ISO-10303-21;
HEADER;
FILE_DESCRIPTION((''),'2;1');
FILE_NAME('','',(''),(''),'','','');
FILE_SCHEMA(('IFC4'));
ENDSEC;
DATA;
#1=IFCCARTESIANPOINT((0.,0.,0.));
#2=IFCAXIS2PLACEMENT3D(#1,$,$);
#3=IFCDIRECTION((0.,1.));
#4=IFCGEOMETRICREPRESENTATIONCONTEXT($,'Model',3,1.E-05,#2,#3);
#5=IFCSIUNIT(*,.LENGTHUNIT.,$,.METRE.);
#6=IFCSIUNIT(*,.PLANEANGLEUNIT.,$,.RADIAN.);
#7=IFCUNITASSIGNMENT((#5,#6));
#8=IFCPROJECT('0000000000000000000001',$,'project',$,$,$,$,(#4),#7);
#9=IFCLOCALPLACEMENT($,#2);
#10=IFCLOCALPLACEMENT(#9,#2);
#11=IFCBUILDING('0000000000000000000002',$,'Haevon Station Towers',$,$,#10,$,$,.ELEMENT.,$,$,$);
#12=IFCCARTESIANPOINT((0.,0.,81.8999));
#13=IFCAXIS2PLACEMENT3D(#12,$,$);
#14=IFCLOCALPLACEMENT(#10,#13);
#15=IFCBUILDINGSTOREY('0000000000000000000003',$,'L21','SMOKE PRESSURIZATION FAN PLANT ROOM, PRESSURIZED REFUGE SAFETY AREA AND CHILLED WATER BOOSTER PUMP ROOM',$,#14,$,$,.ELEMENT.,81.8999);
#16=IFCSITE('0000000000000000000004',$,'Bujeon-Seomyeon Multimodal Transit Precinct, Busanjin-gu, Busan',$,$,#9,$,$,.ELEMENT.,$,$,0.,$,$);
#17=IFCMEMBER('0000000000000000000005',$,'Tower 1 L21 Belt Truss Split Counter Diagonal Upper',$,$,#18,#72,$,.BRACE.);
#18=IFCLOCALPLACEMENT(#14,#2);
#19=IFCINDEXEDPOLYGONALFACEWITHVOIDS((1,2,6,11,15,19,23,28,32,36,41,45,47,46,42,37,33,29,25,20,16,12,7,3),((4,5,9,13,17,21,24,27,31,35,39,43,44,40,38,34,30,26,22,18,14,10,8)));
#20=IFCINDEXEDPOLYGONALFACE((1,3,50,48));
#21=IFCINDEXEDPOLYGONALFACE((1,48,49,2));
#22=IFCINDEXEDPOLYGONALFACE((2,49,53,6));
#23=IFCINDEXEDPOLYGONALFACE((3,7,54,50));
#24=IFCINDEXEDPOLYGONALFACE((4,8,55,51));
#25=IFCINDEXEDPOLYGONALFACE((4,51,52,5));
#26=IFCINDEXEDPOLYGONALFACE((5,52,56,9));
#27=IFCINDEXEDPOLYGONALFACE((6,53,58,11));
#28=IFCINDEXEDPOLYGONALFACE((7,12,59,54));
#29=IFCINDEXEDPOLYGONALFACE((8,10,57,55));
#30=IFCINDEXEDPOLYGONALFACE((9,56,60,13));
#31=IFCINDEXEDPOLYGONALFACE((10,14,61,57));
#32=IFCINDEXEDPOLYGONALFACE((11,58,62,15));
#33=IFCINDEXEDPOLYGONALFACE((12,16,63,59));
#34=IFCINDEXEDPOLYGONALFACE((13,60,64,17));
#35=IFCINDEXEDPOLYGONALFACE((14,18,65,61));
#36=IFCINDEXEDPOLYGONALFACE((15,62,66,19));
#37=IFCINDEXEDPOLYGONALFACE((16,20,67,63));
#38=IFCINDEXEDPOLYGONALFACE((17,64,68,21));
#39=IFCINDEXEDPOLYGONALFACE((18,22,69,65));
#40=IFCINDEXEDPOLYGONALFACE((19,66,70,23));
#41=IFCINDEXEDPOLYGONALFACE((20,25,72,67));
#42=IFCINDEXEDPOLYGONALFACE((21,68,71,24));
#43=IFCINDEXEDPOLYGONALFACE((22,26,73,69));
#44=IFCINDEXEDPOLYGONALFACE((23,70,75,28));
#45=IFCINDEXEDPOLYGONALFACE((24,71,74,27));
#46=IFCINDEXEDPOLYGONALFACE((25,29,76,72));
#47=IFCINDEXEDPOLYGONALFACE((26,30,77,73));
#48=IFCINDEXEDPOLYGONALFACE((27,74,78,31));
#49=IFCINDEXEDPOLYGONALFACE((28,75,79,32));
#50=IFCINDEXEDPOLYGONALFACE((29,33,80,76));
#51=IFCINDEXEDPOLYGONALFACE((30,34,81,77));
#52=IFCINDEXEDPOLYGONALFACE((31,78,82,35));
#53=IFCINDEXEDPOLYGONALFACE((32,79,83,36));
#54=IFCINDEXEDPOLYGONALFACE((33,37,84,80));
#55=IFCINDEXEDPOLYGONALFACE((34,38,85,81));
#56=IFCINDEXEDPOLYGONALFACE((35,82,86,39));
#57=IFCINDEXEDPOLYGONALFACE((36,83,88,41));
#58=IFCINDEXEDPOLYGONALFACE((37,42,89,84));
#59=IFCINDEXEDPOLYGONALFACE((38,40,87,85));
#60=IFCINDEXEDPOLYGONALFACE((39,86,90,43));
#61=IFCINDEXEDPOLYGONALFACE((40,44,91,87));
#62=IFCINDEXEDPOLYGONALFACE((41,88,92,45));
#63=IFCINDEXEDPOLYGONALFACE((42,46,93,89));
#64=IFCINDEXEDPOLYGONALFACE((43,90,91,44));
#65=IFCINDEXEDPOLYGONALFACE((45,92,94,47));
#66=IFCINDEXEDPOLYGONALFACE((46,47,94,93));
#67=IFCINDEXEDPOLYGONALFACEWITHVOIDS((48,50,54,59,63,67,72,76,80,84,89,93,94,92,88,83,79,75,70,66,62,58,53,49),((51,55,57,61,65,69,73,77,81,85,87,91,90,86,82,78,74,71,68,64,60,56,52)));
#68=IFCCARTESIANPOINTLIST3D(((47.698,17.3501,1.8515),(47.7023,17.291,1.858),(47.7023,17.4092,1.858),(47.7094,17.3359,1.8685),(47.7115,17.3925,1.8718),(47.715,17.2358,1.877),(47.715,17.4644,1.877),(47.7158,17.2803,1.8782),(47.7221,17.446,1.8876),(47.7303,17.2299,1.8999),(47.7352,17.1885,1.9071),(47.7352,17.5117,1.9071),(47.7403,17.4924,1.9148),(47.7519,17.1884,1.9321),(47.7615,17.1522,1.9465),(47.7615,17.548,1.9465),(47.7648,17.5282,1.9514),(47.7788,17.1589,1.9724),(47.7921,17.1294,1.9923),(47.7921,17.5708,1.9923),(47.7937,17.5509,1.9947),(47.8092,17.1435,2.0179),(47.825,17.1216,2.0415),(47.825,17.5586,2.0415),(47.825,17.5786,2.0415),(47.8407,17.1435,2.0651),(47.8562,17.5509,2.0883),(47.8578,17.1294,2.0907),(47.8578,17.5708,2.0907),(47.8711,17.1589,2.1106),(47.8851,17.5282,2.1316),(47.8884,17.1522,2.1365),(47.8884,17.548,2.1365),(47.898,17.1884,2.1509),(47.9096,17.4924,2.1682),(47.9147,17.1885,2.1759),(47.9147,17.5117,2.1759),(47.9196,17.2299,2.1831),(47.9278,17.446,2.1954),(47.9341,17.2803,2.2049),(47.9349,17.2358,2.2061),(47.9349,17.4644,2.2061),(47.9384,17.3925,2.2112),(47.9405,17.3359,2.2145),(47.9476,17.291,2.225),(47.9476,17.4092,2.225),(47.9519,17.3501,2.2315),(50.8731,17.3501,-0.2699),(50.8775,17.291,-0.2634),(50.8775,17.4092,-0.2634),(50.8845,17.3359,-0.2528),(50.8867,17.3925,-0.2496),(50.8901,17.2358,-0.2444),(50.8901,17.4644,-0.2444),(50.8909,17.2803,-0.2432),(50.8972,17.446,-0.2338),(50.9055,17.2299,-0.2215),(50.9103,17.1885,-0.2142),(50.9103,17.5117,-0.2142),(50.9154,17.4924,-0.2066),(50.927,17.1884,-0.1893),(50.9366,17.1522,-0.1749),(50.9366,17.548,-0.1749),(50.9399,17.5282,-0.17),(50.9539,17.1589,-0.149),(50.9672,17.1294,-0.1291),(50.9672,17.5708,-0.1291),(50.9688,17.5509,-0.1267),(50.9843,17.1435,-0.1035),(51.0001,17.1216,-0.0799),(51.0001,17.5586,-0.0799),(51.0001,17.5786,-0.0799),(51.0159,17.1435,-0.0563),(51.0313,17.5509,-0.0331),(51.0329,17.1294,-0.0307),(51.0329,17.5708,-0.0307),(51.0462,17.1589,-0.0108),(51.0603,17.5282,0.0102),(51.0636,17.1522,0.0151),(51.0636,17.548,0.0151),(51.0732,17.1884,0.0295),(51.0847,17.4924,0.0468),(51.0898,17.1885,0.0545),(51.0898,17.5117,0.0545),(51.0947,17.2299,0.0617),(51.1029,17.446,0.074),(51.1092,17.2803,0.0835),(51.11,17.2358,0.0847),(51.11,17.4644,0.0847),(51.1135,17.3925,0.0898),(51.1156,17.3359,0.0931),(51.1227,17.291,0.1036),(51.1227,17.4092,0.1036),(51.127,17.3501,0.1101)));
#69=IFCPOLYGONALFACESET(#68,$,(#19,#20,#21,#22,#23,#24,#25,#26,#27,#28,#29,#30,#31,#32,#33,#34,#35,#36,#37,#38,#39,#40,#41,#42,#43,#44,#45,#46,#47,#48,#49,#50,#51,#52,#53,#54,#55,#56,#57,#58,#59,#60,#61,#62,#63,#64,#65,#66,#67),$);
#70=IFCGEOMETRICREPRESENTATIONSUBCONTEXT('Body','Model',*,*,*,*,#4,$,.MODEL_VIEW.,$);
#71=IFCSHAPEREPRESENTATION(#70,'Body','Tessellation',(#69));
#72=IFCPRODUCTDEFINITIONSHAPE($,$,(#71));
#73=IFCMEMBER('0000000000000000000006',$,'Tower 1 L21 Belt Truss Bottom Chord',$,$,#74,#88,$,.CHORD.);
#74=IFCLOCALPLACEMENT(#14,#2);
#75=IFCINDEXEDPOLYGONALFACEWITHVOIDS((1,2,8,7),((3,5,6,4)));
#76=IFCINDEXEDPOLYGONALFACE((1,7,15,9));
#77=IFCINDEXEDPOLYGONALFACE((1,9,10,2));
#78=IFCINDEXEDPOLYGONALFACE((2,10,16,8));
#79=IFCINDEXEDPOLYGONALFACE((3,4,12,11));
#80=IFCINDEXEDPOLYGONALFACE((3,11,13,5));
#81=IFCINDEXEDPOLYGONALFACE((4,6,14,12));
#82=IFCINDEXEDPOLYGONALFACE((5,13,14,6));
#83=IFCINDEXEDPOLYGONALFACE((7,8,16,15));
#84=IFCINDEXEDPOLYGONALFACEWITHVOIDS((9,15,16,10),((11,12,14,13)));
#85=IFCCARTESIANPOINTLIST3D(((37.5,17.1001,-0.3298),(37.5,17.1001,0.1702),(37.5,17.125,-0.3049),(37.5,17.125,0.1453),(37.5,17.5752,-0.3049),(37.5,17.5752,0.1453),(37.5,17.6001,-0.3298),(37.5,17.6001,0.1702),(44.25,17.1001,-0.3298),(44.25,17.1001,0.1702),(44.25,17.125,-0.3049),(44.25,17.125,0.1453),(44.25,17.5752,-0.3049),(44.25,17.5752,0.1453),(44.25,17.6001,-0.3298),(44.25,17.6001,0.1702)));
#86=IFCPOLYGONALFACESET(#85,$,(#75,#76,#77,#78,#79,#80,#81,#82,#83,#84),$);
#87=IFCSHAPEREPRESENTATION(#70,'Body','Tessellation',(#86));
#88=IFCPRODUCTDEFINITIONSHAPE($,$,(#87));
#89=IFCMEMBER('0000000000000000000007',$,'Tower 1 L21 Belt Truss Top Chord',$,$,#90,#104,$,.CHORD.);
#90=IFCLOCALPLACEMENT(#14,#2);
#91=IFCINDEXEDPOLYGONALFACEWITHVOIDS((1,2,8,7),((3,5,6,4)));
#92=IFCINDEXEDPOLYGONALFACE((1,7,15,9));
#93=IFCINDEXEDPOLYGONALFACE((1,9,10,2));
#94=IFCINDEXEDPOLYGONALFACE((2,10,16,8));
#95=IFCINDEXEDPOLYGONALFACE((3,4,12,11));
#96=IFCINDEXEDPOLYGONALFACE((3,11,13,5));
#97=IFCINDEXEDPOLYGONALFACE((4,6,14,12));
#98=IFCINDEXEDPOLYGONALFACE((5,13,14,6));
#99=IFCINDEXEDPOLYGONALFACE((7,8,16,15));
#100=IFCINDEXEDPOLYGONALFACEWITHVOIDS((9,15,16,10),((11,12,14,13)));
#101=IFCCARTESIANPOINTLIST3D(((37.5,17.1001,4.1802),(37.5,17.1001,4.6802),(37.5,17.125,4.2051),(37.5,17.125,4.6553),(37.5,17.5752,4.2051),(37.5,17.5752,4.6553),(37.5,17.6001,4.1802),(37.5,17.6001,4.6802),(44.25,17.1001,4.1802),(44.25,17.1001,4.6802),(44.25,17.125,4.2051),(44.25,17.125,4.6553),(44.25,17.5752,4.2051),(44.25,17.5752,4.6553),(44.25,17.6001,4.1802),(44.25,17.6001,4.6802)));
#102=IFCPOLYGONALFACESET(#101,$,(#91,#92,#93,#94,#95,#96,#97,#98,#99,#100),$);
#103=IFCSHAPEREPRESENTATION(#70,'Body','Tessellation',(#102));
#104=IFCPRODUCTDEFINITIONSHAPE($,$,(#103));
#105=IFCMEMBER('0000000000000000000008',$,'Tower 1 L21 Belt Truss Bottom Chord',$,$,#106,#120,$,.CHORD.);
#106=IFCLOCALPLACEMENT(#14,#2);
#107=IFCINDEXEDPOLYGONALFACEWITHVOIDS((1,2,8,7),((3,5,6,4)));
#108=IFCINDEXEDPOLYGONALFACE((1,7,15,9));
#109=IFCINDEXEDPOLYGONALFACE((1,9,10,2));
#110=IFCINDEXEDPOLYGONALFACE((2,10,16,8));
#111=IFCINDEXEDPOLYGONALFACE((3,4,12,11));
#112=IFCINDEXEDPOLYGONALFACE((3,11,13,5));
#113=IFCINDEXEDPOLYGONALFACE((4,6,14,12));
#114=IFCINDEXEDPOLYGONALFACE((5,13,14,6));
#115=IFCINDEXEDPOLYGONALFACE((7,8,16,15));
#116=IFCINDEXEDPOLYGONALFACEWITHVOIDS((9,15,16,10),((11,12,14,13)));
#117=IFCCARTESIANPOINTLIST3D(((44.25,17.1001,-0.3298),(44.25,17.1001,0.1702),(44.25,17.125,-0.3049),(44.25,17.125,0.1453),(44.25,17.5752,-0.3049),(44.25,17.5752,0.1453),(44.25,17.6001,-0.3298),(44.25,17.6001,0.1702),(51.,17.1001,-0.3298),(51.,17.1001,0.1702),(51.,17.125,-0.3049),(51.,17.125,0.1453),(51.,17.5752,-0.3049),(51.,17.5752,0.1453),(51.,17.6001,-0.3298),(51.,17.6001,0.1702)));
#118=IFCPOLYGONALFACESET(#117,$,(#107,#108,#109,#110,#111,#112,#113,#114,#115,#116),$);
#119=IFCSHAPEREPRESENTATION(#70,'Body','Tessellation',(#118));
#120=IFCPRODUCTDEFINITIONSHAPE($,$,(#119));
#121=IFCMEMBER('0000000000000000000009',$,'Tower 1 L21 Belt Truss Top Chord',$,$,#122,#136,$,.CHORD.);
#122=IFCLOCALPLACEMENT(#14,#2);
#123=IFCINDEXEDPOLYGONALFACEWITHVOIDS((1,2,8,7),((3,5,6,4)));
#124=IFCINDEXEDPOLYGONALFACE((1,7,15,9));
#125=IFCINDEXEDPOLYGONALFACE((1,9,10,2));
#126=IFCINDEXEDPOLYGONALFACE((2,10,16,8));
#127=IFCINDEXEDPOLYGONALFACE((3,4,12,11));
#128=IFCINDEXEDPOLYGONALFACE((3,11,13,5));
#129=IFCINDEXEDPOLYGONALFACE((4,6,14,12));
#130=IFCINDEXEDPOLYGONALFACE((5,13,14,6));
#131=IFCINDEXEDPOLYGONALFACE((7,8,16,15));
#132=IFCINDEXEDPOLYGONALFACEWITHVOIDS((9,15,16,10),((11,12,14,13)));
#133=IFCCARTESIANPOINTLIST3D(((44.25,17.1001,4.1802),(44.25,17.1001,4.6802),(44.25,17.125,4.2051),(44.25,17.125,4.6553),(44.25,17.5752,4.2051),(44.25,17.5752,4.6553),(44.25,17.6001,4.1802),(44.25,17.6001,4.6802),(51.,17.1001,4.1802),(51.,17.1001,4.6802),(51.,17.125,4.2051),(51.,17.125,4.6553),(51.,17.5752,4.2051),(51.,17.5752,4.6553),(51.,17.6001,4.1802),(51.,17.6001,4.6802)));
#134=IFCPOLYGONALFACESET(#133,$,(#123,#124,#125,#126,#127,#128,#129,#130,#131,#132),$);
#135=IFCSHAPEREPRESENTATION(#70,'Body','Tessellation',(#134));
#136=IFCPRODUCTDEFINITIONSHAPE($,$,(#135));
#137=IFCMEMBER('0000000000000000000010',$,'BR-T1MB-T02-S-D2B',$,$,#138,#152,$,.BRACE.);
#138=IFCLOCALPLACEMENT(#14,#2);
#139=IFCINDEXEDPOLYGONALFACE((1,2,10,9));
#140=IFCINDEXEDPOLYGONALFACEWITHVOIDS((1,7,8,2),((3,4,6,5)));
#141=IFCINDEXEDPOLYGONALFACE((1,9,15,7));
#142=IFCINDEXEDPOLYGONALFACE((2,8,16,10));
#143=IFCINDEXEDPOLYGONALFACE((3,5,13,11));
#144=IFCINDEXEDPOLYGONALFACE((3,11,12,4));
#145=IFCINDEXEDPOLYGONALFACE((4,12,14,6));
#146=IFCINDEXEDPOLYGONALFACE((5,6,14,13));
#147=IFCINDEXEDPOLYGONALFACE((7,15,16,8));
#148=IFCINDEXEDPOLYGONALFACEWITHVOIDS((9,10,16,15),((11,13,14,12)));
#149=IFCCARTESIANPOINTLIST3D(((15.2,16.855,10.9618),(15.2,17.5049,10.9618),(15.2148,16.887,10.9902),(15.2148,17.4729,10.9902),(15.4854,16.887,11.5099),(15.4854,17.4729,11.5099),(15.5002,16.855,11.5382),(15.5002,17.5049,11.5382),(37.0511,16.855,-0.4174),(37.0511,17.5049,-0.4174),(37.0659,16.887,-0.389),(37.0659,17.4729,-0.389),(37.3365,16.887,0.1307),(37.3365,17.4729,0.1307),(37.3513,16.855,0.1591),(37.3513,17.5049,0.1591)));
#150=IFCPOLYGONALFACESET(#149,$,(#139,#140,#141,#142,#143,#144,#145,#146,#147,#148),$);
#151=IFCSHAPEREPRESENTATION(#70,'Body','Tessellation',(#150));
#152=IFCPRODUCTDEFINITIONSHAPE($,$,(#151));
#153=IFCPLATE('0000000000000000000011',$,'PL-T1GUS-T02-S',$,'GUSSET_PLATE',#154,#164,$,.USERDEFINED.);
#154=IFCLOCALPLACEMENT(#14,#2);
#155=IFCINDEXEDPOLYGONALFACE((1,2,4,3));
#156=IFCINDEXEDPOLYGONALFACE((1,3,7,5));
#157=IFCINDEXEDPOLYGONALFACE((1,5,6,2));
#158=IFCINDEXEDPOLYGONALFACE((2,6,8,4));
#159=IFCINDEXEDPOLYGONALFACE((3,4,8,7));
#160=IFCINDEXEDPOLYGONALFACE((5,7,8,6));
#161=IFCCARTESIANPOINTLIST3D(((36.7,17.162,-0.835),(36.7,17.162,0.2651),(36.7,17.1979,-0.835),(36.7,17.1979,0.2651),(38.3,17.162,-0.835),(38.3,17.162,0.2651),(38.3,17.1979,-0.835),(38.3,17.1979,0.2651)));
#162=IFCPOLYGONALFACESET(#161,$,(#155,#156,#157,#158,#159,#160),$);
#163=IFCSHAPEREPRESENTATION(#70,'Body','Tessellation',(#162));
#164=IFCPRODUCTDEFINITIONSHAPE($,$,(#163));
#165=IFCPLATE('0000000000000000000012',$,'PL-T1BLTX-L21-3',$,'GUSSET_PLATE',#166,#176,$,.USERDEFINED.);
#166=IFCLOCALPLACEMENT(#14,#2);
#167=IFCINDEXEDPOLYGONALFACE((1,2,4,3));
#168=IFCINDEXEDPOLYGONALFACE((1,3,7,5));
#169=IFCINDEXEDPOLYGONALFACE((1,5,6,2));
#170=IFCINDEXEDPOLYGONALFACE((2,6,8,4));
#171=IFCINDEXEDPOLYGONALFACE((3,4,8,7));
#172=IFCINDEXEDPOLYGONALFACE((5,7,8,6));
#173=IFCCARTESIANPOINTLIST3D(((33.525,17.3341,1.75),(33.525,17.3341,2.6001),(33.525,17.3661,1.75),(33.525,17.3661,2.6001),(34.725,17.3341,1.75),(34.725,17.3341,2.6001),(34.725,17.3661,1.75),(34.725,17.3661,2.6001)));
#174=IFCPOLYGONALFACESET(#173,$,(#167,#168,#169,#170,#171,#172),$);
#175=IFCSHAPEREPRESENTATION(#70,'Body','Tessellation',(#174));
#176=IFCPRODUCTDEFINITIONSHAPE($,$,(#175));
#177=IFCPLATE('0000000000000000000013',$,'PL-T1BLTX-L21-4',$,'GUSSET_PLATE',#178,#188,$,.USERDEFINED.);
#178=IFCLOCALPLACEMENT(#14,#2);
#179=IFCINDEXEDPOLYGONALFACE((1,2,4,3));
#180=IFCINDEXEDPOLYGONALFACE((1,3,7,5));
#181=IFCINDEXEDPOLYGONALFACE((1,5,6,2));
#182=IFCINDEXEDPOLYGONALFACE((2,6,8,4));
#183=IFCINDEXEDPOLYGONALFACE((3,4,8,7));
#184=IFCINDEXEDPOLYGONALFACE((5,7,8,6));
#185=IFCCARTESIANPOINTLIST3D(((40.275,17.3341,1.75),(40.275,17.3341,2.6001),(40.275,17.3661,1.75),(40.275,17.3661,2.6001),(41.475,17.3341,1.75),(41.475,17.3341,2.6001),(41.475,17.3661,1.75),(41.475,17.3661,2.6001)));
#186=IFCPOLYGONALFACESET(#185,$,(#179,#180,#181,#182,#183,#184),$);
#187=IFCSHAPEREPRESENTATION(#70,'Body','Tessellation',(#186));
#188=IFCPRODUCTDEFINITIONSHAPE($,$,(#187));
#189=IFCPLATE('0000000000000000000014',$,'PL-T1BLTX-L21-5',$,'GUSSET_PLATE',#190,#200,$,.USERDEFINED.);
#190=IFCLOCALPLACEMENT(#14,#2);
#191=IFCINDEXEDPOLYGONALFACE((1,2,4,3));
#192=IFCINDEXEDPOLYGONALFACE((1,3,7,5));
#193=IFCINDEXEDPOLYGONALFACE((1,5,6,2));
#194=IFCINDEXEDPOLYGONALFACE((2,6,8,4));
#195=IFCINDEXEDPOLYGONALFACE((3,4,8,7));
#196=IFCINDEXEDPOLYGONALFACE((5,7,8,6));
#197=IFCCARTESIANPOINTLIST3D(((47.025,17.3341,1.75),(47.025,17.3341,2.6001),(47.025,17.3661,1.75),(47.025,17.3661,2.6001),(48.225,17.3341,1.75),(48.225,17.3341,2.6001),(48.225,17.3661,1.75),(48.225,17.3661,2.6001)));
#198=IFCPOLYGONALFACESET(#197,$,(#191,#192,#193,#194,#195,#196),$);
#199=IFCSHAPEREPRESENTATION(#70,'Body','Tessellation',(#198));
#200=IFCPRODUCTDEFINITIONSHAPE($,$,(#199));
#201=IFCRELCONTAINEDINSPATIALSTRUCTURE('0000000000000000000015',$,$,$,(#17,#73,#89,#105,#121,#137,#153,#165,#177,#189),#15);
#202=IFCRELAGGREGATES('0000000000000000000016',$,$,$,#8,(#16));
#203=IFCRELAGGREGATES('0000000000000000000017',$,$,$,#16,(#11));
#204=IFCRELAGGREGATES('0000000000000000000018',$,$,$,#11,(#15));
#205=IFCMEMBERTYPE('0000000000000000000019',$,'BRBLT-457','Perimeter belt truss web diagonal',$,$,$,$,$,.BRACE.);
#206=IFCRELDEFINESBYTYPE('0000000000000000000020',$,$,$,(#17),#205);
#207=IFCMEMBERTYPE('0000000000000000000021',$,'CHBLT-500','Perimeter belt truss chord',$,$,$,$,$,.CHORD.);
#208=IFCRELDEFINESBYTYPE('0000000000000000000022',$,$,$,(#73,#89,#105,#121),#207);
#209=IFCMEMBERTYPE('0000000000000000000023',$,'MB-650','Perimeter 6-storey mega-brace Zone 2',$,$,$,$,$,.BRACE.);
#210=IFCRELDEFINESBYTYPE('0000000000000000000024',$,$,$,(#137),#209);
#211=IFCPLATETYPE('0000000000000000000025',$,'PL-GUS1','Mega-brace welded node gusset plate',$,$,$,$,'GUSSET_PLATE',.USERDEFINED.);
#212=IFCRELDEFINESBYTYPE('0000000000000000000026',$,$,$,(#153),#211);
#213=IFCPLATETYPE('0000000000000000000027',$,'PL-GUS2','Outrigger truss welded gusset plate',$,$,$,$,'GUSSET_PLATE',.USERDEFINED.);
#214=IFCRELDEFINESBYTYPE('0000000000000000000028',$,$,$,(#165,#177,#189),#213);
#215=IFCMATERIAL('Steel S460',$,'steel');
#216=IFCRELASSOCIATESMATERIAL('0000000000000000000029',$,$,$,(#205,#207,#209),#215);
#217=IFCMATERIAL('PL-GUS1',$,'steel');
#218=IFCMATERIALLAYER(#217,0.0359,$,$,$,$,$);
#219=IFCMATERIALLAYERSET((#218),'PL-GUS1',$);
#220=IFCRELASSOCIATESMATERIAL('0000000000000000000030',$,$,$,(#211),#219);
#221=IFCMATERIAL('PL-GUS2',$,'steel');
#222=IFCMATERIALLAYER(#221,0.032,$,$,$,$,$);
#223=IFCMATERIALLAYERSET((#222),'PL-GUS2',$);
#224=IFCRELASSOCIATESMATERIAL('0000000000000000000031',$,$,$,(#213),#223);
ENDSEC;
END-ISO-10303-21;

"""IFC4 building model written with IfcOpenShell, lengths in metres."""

from ifc_helpers import new_model, si_unit, direction, frame, origin, origin_2d, place, context, subcontext, project, spatial, rectangle, hollow_rectangle, hollow_circle, extrude, material, layer, layer_set, material_profile, profile_set, type_object, element, save


model = new_model("IFC4")

# Units and contexts
model_context = context("Model", 3, precision=1e-05, world=origin(), true_north=direction((0.0, 1.0)))
body_context = subcontext(model_context, "Body", "Model", "MODEL_VIEW")
ifc_project = project(units=[si_unit("LENGTHUNIT", "METRE"), si_unit("PLANEANGLEUNIT", "RADIAN")], contexts=[model_context])

# Site, building, storey
site_placement = place(None, origin())
site = spatial("IfcSite", under=ifc_project, at=site_placement, Name="Bujeon-Seomyeon Multimodal Transit Precinct, Busanjin-gu, Busan", CompositionType="ELEMENT", RefElevation=0.0)
building_placement = place(site_placement, origin())
building = spatial("IfcBuilding", under=site, at=building_placement, Name="Haevon Station Towers", CompositionType="ELEMENT")
storey_placement = place(building_placement, frame((0.0, 0.0, 81.8999)))
storey = spatial("IfcBuildingStorey", under=building, at=storey_placement, Name="L21", Description="SMOKE PRESSURIZATION FAN PLANT ROOM, PRESSURIZED REFUGE SAFETY AREA AND CHILLED WATER BOOSTER PUMP ROOM", CompositionType="ELEMENT", Elevation=81.8999)

# Shared definitions
ifc_material_1 = material(Name="Steel S460", Category="steel")

# Members
ifc_material_profile_1 = material_profile(ifc_material_1, hollow_circle(Radius=0.2285, WallThickness=0.02, at=origin_2d()), Name="CHS-457x20")
ifc_profile_set_1 = profile_set([ifc_material_profile_1], Name="Steel S460")
member_type_1 = type_object("IfcMemberType", Name="BRBLT-457", Description="Perimeter belt truss web diagonal", PredefinedType="BRACE", material=ifc_profile_set_1)
for number, where, z_axis, x_axis, name in (
    (1, (47.825, 17.3501, 2.0415), (0.831489, 0.0, -0.555541), (0.0, 1.0, 0.0), "Tower 1 L21 Belt Truss Split Counter Diagonal Upper"),
):
    element("IfcMember", number, at=place(storey_placement, frame(where, z_axis=z_axis, x_axis=x_axis)), inside=storey, type_object=member_type_1, Name=name, PredefinedType="BRACE", context=body_context, shape_type="SweptSolid", body=[
        extrude(hollow_circle(Radius=0.2285, WallThickness=0.02, at=origin_2d()), origin(), (0.0, 0.0, 1.0), 3.8186),
    ])
ifc_material_profile_2 = material_profile(ifc_material_1, hollow_rectangle(XDim=0.5, YDim=0.5, WallThickness=0.0249, at=origin_2d()), Name="RHS-500x500x25")
ifc_profile_set_2 = profile_set([ifc_material_profile_2], Name="Steel S460")
member_type_2 = type_object("IfcMemberType", Name="CHBLT-500", Description="Perimeter belt truss chord", PredefinedType="CHORD", material=ifc_profile_set_2)
for number, where, z_axis, x_axis, name in (
    (2, (37.5, 17.3501, -0.0798), (1.0, 0.0, 0.0), (0.0, 1.0, 0.0), "Tower 1 L21 Belt Truss Bottom Chord"),
    (3, (37.5, 17.3501, 4.4302), (1.0, 0.0, 0.0), (0.0, 1.0, 0.0), "Tower 1 L21 Belt Truss Top Chord"),
    (4, (44.25, 17.3501, -0.0798), (1.0, 0.0, 0.0), (0.0, 1.0, 0.0), "Tower 1 L21 Belt Truss Bottom Chord"),
    (5, (44.25, 17.3501, 4.4302), (1.0, 0.0, 0.0), (0.0, 1.0, 0.0), "Tower 1 L21 Belt Truss Top Chord"),
):
    element("IfcMember", number, at=place(storey_placement, frame(where, z_axis=z_axis, x_axis=x_axis)), inside=storey, type_object=member_type_2, Name=name, PredefinedType="CHORD", context=body_context, shape_type="SweptSolid", body=[
        extrude(hollow_rectangle(XDim=0.5, YDim=0.5, WallThickness=0.0249, at=origin_2d()), origin(), (0.0, 0.0, 1.0), 6.75),
    ])
ifc_material_profile_3 = material_profile(ifc_material_1, hollow_rectangle(XDim=0.6499, YDim=0.6499, WallThickness=0.032, at=origin_2d()), Name="RHS-650x650x32")
ifc_profile_set_3 = profile_set([ifc_material_profile_3], Name="Steel S460")
member_type_3 = type_object("IfcMemberType", Name="MB-650", Description="Perimeter 6-storey mega-brace Zone 2", PredefinedType="BRACE", material=ifc_profile_set_3)
member_1_placement = place(storey_placement, frame((37.2012, 17.1799, -0.1292), z_axis=(-0.886941, 0.0, 0.461883), x_axis=(0.0, -1.0, 0.0)))
element("IfcMember", 6, at=member_1_placement, inside=storey, type_object=member_type_3, Name="BR-T1MB-T02-S-D2B", PredefinedType="BRACE", context=body_context, shape_type="SweptSolid", body=[
    extrude(hollow_rectangle(XDim=0.6499, YDim=0.6499, WallThickness=0.032, at=origin_2d()), origin(), (0.0, 0.0, 1.0), 24.6365),
])

# Plates
ifc_material_2 = material(Name="PL-GUS1", Category="steel")
ifc_layer_1 = layer(ifc_material_2, 0.0359)
ifc_layer_set_1 = layer_set([ifc_layer_1], Name="PL-GUS1")
plate_type_1 = type_object("IfcPlateType", Name="PL-GUS1", Description="Mega-brace welded node gusset plate", ElementType="GUSSET_PLATE", PredefinedType="USERDEFINED", material=ifc_layer_set_1)
plate_placement = place(storey_placement, frame((37.5, 17.1799, -0.835), z_axis=(0.0, 0.0, 1.0), x_axis=(1.0, 0.0, 0.0)))
element("IfcPlate", 7, at=plate_placement, inside=storey, type_object=plate_type_1, Name="PL-T1GUS-T02-S", ObjectType="GUSSET_PLATE", PredefinedType="USERDEFINED", context=body_context, shape_type="SweptSolid", body=[
    extrude(rectangle(XDim=1.6001, YDim=0.0359, at=origin_2d()), origin(), (0.0, 0.0, 1.0), 1.1001),
])
ifc_material_3 = material(Name="PL-GUS2", Category="steel")
ifc_layer_2 = layer(ifc_material_3, 0.032)
ifc_layer_set_2 = layer_set([ifc_layer_2], Name="PL-GUS2")
plate_type_2 = type_object("IfcPlateType", Name="PL-GUS2", Description="Outrigger truss welded gusset plate", ElementType="GUSSET_PLATE", PredefinedType="USERDEFINED", material=ifc_layer_set_2)
for number, where, z_axis, x_axis, name in (
    (8, (34.125, 17.3501, 1.75), (0.0, 0.0, 1.0), (1.0, 0.0, 0.0), "PL-T1BLTX-L21-3"),
    (9, (40.875, 17.3501, 1.75), (0.0, 0.0, 1.0), (1.0, 0.0, 0.0), "PL-T1BLTX-L21-4"),
    (10, (47.625, 17.3501, 1.75), (0.0, 0.0, 1.0), (1.0, 0.0, 0.0), "PL-T1BLTX-L21-5"),
):
    element("IfcPlate", number, at=place(storey_placement, frame(where, z_axis=z_axis, x_axis=x_axis)), inside=storey, type_object=plate_type_2, Name=name, ObjectType="GUSSET_PLATE", PredefinedType="USERDEFINED", context=body_context, shape_type="SweptSolid", body=[
        extrude(rectangle(XDim=1.2, YDim=0.032, at=origin_2d()), origin(), (0.0, 0.0, 1.0), 0.8501),
    ])

save(model, "model.ifc")
